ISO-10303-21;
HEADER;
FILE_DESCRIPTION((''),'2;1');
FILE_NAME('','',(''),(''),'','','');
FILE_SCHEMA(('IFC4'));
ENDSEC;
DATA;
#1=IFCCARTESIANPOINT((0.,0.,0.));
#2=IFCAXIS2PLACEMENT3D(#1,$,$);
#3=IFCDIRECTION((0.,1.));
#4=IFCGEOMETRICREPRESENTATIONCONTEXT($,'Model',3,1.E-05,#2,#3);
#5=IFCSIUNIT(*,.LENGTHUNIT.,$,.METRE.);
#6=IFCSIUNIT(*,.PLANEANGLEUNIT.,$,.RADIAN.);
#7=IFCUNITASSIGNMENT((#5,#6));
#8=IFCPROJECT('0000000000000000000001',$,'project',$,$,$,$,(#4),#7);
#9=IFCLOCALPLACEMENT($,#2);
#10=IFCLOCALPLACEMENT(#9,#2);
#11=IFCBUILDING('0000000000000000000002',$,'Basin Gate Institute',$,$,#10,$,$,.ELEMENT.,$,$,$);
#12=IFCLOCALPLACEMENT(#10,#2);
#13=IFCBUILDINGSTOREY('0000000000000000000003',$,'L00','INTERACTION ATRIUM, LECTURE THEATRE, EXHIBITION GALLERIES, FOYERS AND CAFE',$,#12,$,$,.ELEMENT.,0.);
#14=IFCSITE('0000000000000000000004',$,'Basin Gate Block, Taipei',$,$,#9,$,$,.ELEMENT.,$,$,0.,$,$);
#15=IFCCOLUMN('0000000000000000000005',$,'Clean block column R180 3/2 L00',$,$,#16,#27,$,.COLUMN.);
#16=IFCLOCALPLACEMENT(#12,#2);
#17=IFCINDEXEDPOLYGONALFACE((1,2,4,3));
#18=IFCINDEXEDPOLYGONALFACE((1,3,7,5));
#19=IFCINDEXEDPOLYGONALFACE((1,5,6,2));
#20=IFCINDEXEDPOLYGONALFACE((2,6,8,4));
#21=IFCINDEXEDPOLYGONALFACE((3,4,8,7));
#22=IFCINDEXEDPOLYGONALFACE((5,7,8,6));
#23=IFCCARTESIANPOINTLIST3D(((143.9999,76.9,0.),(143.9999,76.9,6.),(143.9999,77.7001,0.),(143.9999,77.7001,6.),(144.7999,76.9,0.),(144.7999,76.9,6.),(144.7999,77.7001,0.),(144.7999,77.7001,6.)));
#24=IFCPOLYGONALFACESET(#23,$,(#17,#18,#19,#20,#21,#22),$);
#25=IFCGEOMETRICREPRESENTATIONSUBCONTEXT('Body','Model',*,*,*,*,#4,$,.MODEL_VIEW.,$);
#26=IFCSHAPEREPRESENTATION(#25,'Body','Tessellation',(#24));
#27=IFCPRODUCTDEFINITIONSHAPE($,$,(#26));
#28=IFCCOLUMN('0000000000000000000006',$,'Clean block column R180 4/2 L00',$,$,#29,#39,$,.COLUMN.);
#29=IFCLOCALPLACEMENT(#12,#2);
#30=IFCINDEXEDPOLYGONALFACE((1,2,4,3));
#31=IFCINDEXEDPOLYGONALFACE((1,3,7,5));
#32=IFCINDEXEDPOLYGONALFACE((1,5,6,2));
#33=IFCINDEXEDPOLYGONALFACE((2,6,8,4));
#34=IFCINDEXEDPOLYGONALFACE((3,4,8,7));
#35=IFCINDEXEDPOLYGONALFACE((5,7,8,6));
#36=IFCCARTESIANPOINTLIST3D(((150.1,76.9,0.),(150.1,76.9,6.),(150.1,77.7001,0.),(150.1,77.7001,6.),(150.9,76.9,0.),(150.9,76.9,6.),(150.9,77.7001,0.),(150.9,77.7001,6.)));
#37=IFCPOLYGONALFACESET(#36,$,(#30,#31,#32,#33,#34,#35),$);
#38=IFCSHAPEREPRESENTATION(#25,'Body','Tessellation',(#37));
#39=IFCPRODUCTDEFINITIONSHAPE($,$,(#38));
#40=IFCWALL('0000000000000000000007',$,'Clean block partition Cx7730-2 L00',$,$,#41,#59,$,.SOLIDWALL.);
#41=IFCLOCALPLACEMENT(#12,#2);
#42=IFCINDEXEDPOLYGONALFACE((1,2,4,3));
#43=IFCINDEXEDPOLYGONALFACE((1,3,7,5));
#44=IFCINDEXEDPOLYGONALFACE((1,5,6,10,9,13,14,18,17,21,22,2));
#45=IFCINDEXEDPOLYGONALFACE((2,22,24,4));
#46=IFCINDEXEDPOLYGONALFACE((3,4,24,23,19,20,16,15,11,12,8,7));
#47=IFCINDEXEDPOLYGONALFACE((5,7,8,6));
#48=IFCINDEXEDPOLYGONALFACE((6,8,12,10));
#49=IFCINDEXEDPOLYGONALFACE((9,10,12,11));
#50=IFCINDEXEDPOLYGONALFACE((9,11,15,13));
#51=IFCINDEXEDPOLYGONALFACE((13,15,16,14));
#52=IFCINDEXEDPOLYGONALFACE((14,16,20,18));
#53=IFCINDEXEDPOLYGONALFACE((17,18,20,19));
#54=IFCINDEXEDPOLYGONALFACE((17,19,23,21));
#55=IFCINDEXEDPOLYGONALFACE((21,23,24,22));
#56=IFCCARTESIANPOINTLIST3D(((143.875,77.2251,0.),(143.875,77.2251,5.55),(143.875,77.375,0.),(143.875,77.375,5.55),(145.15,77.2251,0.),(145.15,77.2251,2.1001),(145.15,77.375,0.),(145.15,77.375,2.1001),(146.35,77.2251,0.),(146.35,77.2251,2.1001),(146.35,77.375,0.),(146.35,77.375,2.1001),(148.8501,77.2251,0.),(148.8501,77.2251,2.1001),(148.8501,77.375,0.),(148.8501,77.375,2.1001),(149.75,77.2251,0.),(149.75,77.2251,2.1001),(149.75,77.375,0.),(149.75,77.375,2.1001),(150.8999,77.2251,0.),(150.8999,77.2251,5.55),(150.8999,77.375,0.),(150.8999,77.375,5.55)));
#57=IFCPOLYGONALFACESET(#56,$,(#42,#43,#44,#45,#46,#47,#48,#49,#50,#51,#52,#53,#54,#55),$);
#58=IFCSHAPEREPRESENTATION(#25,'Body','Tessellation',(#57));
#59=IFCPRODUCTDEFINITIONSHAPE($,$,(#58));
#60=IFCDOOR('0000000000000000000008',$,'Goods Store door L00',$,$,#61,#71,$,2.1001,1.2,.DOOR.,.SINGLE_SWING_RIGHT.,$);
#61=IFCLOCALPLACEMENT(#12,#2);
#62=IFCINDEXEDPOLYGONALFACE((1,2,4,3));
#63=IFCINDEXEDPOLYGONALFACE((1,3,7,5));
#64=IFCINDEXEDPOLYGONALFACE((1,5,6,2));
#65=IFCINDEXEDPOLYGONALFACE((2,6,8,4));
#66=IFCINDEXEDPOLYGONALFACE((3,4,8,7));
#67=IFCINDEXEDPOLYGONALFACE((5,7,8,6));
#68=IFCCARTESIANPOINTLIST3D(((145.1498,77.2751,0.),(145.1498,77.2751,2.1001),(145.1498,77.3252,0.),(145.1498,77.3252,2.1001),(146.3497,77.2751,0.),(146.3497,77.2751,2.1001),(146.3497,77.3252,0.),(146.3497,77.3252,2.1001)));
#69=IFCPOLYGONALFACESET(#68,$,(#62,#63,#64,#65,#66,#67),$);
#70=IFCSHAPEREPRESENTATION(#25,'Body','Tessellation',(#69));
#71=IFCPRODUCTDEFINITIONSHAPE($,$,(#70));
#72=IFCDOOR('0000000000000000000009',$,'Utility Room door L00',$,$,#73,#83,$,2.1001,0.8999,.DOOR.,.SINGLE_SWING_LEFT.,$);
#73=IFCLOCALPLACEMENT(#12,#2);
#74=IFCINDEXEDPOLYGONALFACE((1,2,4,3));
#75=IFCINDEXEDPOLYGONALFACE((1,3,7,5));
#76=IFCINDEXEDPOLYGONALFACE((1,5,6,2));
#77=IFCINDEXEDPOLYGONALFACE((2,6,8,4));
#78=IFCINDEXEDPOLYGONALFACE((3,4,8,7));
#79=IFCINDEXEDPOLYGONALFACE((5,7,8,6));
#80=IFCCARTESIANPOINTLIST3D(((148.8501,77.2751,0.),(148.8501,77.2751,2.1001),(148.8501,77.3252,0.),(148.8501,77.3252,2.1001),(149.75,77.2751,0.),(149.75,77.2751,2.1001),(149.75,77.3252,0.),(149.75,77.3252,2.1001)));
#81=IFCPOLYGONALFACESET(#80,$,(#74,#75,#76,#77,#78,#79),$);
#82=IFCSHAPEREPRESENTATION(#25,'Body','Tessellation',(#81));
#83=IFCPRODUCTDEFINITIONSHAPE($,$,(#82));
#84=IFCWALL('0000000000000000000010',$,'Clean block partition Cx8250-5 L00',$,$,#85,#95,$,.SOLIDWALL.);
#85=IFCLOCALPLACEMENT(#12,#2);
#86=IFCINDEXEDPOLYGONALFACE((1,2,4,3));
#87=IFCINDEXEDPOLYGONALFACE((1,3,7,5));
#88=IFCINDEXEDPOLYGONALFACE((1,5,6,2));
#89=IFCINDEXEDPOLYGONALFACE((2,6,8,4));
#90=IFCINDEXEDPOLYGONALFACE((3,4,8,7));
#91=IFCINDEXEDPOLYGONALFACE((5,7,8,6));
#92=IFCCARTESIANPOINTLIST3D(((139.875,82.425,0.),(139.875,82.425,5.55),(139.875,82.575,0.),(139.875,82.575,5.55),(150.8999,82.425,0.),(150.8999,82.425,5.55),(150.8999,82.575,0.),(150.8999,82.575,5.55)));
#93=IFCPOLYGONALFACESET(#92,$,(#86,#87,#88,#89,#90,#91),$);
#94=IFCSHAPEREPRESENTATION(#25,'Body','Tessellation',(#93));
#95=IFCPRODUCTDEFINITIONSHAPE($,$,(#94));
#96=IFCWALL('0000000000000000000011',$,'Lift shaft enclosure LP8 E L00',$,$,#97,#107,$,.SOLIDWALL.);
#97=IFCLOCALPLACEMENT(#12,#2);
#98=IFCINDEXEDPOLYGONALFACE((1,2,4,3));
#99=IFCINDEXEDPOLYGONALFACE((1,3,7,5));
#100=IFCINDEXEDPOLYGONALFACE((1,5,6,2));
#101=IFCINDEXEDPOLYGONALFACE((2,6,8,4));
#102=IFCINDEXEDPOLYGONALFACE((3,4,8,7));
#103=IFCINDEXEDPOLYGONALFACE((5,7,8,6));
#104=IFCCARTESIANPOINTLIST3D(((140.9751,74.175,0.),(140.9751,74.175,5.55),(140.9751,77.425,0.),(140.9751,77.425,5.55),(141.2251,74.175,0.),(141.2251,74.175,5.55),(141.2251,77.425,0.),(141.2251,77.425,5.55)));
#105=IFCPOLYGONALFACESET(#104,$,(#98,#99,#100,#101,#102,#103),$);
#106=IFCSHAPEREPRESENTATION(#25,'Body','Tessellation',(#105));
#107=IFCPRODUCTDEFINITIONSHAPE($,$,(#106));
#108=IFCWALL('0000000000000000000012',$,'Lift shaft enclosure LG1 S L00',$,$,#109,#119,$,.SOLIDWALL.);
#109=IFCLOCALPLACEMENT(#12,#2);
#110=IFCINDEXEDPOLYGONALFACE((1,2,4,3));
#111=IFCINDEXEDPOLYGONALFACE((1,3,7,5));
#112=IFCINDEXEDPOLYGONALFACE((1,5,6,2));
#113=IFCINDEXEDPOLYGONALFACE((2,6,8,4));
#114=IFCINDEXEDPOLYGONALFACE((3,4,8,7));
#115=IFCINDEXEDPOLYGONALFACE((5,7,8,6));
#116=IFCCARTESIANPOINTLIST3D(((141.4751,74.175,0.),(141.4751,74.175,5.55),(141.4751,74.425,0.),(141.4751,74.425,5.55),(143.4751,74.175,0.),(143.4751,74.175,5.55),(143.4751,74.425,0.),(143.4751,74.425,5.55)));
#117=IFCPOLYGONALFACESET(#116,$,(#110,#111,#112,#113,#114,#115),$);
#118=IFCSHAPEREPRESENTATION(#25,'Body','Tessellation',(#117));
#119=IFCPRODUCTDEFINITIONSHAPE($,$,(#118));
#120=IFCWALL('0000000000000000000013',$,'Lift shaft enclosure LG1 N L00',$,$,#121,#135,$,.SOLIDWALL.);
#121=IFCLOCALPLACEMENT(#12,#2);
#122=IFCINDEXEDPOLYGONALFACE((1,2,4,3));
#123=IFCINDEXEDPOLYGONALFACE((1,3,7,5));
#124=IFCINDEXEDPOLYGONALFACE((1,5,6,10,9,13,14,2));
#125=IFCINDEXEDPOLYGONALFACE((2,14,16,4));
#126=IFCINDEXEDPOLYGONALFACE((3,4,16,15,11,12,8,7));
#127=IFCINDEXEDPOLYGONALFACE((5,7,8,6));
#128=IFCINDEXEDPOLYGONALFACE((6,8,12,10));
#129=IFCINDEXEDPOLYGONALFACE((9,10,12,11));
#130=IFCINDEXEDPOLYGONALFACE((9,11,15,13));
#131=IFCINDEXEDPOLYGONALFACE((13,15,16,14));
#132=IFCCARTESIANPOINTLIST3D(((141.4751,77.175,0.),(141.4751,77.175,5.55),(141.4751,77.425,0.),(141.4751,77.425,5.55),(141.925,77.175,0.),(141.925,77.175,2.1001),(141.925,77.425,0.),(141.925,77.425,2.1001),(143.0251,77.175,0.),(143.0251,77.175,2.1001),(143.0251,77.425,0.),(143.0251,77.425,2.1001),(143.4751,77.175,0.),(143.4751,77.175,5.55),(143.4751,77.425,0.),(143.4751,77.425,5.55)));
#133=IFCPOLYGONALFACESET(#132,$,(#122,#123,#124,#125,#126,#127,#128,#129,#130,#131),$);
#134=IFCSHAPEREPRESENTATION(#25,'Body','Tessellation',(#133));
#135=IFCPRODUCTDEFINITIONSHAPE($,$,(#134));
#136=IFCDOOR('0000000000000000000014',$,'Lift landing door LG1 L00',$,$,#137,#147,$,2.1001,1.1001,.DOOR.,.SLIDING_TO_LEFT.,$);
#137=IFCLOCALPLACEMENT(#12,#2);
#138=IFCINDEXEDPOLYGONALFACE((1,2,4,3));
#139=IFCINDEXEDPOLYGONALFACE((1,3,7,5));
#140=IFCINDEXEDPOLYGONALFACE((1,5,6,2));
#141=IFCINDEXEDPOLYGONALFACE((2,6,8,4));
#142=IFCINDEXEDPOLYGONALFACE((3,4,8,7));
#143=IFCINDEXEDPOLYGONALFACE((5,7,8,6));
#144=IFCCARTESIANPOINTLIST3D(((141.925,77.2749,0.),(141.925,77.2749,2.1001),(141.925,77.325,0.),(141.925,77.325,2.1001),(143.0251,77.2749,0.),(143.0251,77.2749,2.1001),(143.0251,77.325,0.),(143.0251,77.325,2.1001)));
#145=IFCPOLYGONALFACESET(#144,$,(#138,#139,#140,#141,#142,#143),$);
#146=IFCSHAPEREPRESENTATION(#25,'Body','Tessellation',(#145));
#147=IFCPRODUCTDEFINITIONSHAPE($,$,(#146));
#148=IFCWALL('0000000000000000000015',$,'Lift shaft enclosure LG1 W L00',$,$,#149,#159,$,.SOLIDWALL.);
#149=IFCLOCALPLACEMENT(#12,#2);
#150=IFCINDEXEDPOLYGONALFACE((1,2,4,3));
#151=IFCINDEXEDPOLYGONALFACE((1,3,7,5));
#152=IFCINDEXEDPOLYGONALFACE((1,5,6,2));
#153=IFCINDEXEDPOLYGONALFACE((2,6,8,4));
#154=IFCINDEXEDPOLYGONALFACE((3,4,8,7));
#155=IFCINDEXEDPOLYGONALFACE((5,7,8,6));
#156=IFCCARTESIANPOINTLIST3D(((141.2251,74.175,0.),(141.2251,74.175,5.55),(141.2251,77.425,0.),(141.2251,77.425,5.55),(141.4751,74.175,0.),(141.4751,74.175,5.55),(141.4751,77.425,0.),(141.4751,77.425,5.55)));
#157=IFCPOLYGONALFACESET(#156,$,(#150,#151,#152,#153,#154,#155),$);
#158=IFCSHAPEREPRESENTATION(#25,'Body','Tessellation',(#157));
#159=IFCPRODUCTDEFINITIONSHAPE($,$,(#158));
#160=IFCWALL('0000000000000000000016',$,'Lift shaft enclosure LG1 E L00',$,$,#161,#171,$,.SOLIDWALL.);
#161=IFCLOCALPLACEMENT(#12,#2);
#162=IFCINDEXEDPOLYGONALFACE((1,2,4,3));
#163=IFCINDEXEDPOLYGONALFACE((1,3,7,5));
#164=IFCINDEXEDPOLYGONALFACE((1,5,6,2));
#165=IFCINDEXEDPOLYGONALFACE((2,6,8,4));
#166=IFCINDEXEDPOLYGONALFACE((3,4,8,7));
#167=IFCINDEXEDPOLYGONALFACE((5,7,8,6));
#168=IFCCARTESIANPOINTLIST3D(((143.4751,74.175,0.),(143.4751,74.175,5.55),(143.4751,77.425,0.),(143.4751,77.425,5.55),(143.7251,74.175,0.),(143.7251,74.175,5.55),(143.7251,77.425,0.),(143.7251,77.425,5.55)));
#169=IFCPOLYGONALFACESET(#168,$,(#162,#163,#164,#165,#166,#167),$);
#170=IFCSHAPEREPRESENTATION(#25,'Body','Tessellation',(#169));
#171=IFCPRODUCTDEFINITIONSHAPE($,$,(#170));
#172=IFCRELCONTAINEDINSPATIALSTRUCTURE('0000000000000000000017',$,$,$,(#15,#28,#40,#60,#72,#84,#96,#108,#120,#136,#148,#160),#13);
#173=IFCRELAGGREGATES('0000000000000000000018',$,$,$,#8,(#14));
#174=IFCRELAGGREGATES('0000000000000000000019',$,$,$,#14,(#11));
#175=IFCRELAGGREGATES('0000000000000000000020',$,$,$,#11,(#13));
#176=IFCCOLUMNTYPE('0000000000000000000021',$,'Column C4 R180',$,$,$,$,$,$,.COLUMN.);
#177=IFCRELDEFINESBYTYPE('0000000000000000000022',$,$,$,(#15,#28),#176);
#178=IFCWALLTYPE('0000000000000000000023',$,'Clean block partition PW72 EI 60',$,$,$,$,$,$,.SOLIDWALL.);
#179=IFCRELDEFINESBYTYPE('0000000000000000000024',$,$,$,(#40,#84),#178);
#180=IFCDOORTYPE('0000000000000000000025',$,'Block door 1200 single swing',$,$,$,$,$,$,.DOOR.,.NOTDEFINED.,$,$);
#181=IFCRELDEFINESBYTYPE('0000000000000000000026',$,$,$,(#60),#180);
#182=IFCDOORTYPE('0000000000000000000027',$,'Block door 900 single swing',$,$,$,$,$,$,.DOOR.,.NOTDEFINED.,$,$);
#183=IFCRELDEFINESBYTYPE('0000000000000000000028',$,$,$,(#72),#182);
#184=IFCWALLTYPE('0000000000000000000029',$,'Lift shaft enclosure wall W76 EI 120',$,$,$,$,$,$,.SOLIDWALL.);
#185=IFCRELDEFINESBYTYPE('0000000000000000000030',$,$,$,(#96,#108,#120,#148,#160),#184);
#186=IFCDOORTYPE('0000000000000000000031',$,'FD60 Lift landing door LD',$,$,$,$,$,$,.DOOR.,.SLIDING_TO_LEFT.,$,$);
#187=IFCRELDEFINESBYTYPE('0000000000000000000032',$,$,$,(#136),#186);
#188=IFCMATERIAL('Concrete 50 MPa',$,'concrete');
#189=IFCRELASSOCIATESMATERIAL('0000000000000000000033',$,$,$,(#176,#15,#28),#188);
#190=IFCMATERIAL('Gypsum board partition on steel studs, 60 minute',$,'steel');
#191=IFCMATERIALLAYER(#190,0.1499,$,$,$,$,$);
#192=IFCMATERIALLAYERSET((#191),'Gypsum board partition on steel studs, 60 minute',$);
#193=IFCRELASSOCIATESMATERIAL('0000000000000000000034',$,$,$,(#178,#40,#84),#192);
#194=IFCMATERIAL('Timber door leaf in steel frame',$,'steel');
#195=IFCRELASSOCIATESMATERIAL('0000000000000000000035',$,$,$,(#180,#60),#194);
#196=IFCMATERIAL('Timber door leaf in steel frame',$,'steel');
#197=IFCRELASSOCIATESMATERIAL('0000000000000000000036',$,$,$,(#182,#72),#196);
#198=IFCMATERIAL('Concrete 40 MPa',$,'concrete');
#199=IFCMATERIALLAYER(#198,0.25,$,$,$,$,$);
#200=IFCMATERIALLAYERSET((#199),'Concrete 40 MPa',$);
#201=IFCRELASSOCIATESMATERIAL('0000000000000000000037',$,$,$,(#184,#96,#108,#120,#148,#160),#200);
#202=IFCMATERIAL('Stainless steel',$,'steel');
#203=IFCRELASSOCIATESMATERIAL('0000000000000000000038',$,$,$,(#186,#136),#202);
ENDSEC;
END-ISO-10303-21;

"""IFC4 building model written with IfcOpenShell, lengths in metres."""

from ifc_helpers import new_model, si_unit, direction, frame, frame_2d, origin, origin_2d, place, context, subcontext, project, spatial, rectangle, extrude, material, layer, layer_set, material_profile, profile_set, type_object, element, fill, save


model = new_model("IFC4")

# Units and contexts
model_context = context("Model", 3, precision=1e-05, world=origin(), true_north=direction((0.0, 1.0)))
body_context = subcontext(model_context, "Body", "Model", "MODEL_VIEW")
ifc_project = project(units=[si_unit("LENGTHUNIT", "METRE"), si_unit("PLANEANGLEUNIT", "RADIAN")], contexts=[model_context])

# Site, building, storey
site_placement = place(None, origin())
site = spatial("IfcSite", under=ifc_project, at=site_placement, Name="Basin Gate Block, Taipei", CompositionType="ELEMENT", RefElevation=0.0)
building_placement = place(site_placement, origin())
building = spatial("IfcBuilding", under=site, at=building_placement, Name="Basin Gate Institute", CompositionType="ELEMENT")
storey_placement = place(building_placement, origin())
storey = spatial("IfcBuildingStorey", under=building, at=storey_placement, Name="L00", Description="INTERACTION ATRIUM, LECTURE THEATRE, EXHIBITION GALLERIES, FOYERS AND CAFE", CompositionType="ELEMENT", Elevation=0.0)

# Columns
ifc_material_1 = material(Name="Concrete 50 MPa", Category="concrete")
ifc_material_profile = material_profile(ifc_material_1, rectangle(XDim=0.8, YDim=0.8, at=origin_2d()), Name="Column C4 800 x 800")
ifc_profile_set = profile_set([ifc_material_profile], Name="Concrete 50 MPa")
column_type = type_object("IfcColumnType", Name="Column C4 R180", PredefinedType="COLUMN", material=ifc_profile_set)
for number, where, z_axis, x_axis, name in (
    (1, (144.3999, 77.3, 0.0), (0.0, 0.0, 1.0), (1.0, 0.0, 0.0), "Clean block column R180 3/2 L00"),
    (2, (150.5, 77.3, 0.0), (0.0, 0.0, 1.0), (1.0, 0.0, 0.0), "Clean block column R180 4/2 L00"),
):
    element("IfcColumn", number, at=place(storey_placement, frame(where, z_axis=z_axis, x_axis=x_axis)), inside=storey, type_object=column_type, material=ifc_profile_set, Name=name, PredefinedType="COLUMN", context=body_context, shape_type="SweptSolid", body=[
        extrude(rectangle(XDim=0.8, YDim=0.8, at=origin_2d()), origin(), (0.0, 0.0, 1.0), 6.0),
    ])

# Wall, openings, doors
ifc_material_2 = material(Name="Gypsum board partition on steel studs, 60 minute", Category="steel")
ifc_layer_1 = layer(ifc_material_2, 0.1499)
ifc_layer_set_1 = layer_set([ifc_layer_1], Name="Gypsum board partition on steel studs, 60 minute")
wall_type_1 = type_object("IfcWallType", Name="Clean block partition PW72 EI 60", PredefinedType="SOLIDWALL", material=ifc_layer_set_1)
wall_1_placement = place(storey_placement, frame((143.875, 77.3, 0.0), z_axis=(0.0, 0.0, 1.0), x_axis=(1.0, 0.0, 0.0)))
wall_1 = element("IfcWall", 3, at=wall_1_placement, inside=storey, type_object=wall_type_1, material=ifc_layer_set_1, Name="Clean block partition Cx7730-2 L00", PredefinedType="SOLIDWALL", context=body_context, shape_type="SweptSolid", body=[
    extrude(rectangle(XDim=7.0249, YDim=0.1499, at=frame_2d((3.5125, 0.0))), origin(), (0.0, 0.0, 1.0), 5.55),
])
opening_1_placement = place(wall_1_placement, frame((1.2749, 0.0, 0.0)))
opening_1 = element("IfcOpeningElement", 4, at=opening_1_placement, cuts=wall_1, PredefinedType="OPENING", context=body_context, shape_type="SweptSolid", body=[
    extrude(rectangle(XDim=1.2, YDim=2.1001, at=frame_2d((0.6001, 1.05))), frame((0.0, 0.085, 0.0), z_axis=(0.0, -1.0, 0.0), x_axis=(1.0, 0.0, 0.0)), (0.0, 0.0, 1.0), 0.1699),
])
opening_2_placement = place(wall_1_placement, frame((4.9751, 0.0, 0.0)))
opening_2 = element("IfcOpeningElement", 5, at=opening_2_placement, cuts=wall_1, PredefinedType="OPENING", context=body_context, shape_type="SweptSolid", body=[
    extrude(rectangle(XDim=0.8999, YDim=2.1001, at=frame_2d((0.45, 1.05))), frame((0.0, 0.085, 0.0), z_axis=(0.0, -1.0, 0.0), x_axis=(1.0, 0.0, 0.0)), (0.0, 0.0, 1.0), 0.1699),
])
ifc_material_3 = material(Name="Timber door leaf in steel frame", Category="steel")
door_type_1 = type_object("IfcDoorType", Name="Block door 1200 single swing", OperationType="NOTDEFINED", PredefinedType="DOOR", material=ifc_material_3)
door_1_placement = place(opening_1_placement, frame((1.2, 0.0, 0.0), z_axis=(0.0, 0.0, 1.0), x_axis=(-1.0, 0.0, 0.0)))
door_1 = element("IfcDoor", 6, at=door_1_placement, inside=storey, type_object=door_type_1, material=ifc_material_3, Name="Goods Store door L00", OperationType="SINGLE_SWING_RIGHT", OverallHeight=2.1001, OverallWidth=1.2, PredefinedType="DOOR", context=body_context, shape_type="SweptSolid", body=[
    extrude(rectangle(XDim=1.2, YDim=2.1001, at=frame_2d((0.6001, 1.05))), frame((0.0, 0.0249, 0.0), z_axis=(0.0, -1.0, 0.0), x_axis=(1.0, 0.0, 0.0)), (0.0, 0.0, 1.0), 0.05),
])
fill(opening_1, door_1)
ifc_material_4 = material(Name="Timber door leaf in steel frame", Category="steel")
door_type_2 = type_object("IfcDoorType", Name="Block door 900 single swing", OperationType="NOTDEFINED", PredefinedType="DOOR", material=ifc_material_4)
door_2_placement = place(opening_2_placement, frame((0.8999, 0.0, 0.0), z_axis=(0.0, 0.0, 1.0), x_axis=(-1.0, 0.0, 0.0)))
door_2 = element("IfcDoor", 7, at=door_2_placement, inside=storey, type_object=door_type_2, material=ifc_material_4, Name="Utility Room door L00", OperationType="SINGLE_SWING_LEFT", OverallHeight=2.1001, OverallWidth=0.8999, PredefinedType="DOOR", context=body_context, shape_type="SweptSolid", body=[
    extrude(rectangle(XDim=0.8999, YDim=2.1001, at=frame_2d((0.45, 1.05))), frame((0.0, 0.0249, 0.0), z_axis=(0.0, -1.0, 0.0), x_axis=(1.0, 0.0, 0.0)), (0.0, 0.0, 1.0), 0.05),
])
fill(opening_2, door_2)

# Walls
wall_2_placement = place(storey_placement, frame((139.875, 82.5, 0.0), z_axis=(0.0, 0.0, 1.0), x_axis=(1.0, 0.0, 0.0)))
element("IfcWall", 8, at=wall_2_placement, inside=storey, type_object=wall_type_1, material=ifc_layer_set_1, Name="Clean block partition Cx8250-5 L00", PredefinedType="SOLIDWALL", context=body_context, shape_type="SweptSolid", body=[
    extrude(rectangle(XDim=11.0249, YDim=0.1499, at=frame_2d((5.5125, 0.0))), origin(), (0.0, 0.0, 1.0), 5.55),
])
ifc_material_5 = material(Name="Concrete 40 MPa", Category="concrete")
ifc_layer_2 = layer(ifc_material_5, 0.25)
ifc_layer_set_2 = layer_set([ifc_layer_2], Name="Concrete 40 MPa")
wall_type_2 = type_object("IfcWallType", Name="Lift shaft enclosure wall W76 EI 120", PredefinedType="SOLIDWALL", material=ifc_layer_set_2)
wall_3_placement = place(storey_placement, frame((141.1001, 74.175, 0.0), z_axis=(0.0, 0.0, 1.0), x_axis=(0.0, 1.0, 0.0)))
element("IfcWall", 9, at=wall_3_placement, inside=storey, type_object=wall_type_2, material=ifc_layer_set_2, Name="Lift shaft enclosure LP8 E L00", PredefinedType="SOLIDWALL", context=body_context, shape_type="SweptSolid", body=[
    extrude(rectangle(XDim=3.25, YDim=0.25, at=frame_2d((1.625, 0.0))), origin(), (0.0, 0.0, 1.0), 5.55),
])
wall_4_placement = place(storey_placement, frame((141.4751, 74.3, 0.0), z_axis=(0.0, 0.0, 1.0), x_axis=(1.0, 0.0, 0.0)))
element("IfcWall", 10, at=wall_4_placement, inside=storey, type_object=wall_type_2, material=ifc_layer_set_2, Name="Lift shaft enclosure LG1 S L00", PredefinedType="SOLIDWALL", context=body_context, shape_type="SweptSolid", body=[
    extrude(rectangle(XDim=2.0, YDim=0.25, at=frame_2d((1.0, 0.0))), origin(), (0.0, 0.0, 1.0), 5.55),
])

# Wall, opening, door
wall_5_placement = place(storey_placement, frame((141.4751, 77.3, 0.0), z_axis=(0.0, 0.0, 1.0), x_axis=(1.0, 0.0, 0.0)))
wall_5 = element("IfcWall", 11, at=wall_5_placement, inside=storey, type_object=wall_type_2, material=ifc_layer_set_2, Name="Lift shaft enclosure LG1 N L00", PredefinedType="SOLIDWALL", context=body_context, shape_type="SweptSolid", body=[
    extrude(rectangle(XDim=2.0, YDim=0.25, at=frame_2d((1.0, 0.0))), origin(), (0.0, 0.0, 1.0), 5.55),
])
opening_3_placement = place(wall_5_placement, frame((0.45, 0.0, 0.0)))
opening_3 = element("IfcOpeningElement", 12, at=opening_3_placement, cuts=wall_5, PredefinedType="OPENING", context=body_context, shape_type="SweptSolid", body=[
    extrude(rectangle(XDim=1.1001, YDim=2.1001, at=frame_2d((0.55, 1.05))), frame((0.0, 0.135, 0.0), z_axis=(0.0, -1.0, 0.0), x_axis=(1.0, 0.0, 0.0)), (0.0, 0.0, 1.0), 0.27),
])
ifc_material_6 = material(Name="Stainless steel", Category="steel")
door_type_3 = type_object("IfcDoorType", Name="FD60 Lift landing door LD", OperationType="SLIDING_TO_LEFT", PredefinedType="DOOR", material=ifc_material_6)
door_3_placement = place(opening_3_placement, origin())
door_3 = element("IfcDoor", 13, at=door_3_placement, inside=storey, type_object=door_type_3, material=ifc_material_6, Name="Lift landing door LG1 L00", OperationType="SLIDING_TO_LEFT", OverallHeight=2.1001, OverallWidth=1.1001, PredefinedType="DOOR", context=body_context, shape_type="SweptSolid", body=[
    extrude(rectangle(XDim=1.1001, YDim=2.1001, at=frame_2d((0.55, 1.05))), frame((0.0, 0.0249, 0.0), z_axis=(0.0, -1.0, 0.0), x_axis=(1.0, 0.0, 0.0)), (0.0, 0.0, 1.0), 0.05),
])
fill(opening_3, door_3)

# Walls
for number, where, z_axis, x_axis, name in (
    (14, (141.3501, 74.175, 0.0), (0.0, 0.0, 1.0), (0.0, 1.0, 0.0), "Lift shaft enclosure LG1 W L00"),
    (15, (143.6001, 74.175, 0.0), (0.0, 0.0, 1.0), (0.0, 1.0, 0.0), "Lift shaft enclosure LG1 E L00"),
):
    element("IfcWall", number, at=place(storey_placement, frame(where, z_axis=z_axis, x_axis=x_axis)), inside=storey, type_object=wall_type_2, material=ifc_layer_set_2, Name=name, PredefinedType="SOLIDWALL", context=body_context, shape_type="SweptSolid", body=[
        extrude(rectangle(XDim=3.25, YDim=0.25, at=frame_2d((1.625, 0.0))), origin(), (0.0, 0.0, 1.0), 5.55),
    ])

save(model, "model.ifc")
